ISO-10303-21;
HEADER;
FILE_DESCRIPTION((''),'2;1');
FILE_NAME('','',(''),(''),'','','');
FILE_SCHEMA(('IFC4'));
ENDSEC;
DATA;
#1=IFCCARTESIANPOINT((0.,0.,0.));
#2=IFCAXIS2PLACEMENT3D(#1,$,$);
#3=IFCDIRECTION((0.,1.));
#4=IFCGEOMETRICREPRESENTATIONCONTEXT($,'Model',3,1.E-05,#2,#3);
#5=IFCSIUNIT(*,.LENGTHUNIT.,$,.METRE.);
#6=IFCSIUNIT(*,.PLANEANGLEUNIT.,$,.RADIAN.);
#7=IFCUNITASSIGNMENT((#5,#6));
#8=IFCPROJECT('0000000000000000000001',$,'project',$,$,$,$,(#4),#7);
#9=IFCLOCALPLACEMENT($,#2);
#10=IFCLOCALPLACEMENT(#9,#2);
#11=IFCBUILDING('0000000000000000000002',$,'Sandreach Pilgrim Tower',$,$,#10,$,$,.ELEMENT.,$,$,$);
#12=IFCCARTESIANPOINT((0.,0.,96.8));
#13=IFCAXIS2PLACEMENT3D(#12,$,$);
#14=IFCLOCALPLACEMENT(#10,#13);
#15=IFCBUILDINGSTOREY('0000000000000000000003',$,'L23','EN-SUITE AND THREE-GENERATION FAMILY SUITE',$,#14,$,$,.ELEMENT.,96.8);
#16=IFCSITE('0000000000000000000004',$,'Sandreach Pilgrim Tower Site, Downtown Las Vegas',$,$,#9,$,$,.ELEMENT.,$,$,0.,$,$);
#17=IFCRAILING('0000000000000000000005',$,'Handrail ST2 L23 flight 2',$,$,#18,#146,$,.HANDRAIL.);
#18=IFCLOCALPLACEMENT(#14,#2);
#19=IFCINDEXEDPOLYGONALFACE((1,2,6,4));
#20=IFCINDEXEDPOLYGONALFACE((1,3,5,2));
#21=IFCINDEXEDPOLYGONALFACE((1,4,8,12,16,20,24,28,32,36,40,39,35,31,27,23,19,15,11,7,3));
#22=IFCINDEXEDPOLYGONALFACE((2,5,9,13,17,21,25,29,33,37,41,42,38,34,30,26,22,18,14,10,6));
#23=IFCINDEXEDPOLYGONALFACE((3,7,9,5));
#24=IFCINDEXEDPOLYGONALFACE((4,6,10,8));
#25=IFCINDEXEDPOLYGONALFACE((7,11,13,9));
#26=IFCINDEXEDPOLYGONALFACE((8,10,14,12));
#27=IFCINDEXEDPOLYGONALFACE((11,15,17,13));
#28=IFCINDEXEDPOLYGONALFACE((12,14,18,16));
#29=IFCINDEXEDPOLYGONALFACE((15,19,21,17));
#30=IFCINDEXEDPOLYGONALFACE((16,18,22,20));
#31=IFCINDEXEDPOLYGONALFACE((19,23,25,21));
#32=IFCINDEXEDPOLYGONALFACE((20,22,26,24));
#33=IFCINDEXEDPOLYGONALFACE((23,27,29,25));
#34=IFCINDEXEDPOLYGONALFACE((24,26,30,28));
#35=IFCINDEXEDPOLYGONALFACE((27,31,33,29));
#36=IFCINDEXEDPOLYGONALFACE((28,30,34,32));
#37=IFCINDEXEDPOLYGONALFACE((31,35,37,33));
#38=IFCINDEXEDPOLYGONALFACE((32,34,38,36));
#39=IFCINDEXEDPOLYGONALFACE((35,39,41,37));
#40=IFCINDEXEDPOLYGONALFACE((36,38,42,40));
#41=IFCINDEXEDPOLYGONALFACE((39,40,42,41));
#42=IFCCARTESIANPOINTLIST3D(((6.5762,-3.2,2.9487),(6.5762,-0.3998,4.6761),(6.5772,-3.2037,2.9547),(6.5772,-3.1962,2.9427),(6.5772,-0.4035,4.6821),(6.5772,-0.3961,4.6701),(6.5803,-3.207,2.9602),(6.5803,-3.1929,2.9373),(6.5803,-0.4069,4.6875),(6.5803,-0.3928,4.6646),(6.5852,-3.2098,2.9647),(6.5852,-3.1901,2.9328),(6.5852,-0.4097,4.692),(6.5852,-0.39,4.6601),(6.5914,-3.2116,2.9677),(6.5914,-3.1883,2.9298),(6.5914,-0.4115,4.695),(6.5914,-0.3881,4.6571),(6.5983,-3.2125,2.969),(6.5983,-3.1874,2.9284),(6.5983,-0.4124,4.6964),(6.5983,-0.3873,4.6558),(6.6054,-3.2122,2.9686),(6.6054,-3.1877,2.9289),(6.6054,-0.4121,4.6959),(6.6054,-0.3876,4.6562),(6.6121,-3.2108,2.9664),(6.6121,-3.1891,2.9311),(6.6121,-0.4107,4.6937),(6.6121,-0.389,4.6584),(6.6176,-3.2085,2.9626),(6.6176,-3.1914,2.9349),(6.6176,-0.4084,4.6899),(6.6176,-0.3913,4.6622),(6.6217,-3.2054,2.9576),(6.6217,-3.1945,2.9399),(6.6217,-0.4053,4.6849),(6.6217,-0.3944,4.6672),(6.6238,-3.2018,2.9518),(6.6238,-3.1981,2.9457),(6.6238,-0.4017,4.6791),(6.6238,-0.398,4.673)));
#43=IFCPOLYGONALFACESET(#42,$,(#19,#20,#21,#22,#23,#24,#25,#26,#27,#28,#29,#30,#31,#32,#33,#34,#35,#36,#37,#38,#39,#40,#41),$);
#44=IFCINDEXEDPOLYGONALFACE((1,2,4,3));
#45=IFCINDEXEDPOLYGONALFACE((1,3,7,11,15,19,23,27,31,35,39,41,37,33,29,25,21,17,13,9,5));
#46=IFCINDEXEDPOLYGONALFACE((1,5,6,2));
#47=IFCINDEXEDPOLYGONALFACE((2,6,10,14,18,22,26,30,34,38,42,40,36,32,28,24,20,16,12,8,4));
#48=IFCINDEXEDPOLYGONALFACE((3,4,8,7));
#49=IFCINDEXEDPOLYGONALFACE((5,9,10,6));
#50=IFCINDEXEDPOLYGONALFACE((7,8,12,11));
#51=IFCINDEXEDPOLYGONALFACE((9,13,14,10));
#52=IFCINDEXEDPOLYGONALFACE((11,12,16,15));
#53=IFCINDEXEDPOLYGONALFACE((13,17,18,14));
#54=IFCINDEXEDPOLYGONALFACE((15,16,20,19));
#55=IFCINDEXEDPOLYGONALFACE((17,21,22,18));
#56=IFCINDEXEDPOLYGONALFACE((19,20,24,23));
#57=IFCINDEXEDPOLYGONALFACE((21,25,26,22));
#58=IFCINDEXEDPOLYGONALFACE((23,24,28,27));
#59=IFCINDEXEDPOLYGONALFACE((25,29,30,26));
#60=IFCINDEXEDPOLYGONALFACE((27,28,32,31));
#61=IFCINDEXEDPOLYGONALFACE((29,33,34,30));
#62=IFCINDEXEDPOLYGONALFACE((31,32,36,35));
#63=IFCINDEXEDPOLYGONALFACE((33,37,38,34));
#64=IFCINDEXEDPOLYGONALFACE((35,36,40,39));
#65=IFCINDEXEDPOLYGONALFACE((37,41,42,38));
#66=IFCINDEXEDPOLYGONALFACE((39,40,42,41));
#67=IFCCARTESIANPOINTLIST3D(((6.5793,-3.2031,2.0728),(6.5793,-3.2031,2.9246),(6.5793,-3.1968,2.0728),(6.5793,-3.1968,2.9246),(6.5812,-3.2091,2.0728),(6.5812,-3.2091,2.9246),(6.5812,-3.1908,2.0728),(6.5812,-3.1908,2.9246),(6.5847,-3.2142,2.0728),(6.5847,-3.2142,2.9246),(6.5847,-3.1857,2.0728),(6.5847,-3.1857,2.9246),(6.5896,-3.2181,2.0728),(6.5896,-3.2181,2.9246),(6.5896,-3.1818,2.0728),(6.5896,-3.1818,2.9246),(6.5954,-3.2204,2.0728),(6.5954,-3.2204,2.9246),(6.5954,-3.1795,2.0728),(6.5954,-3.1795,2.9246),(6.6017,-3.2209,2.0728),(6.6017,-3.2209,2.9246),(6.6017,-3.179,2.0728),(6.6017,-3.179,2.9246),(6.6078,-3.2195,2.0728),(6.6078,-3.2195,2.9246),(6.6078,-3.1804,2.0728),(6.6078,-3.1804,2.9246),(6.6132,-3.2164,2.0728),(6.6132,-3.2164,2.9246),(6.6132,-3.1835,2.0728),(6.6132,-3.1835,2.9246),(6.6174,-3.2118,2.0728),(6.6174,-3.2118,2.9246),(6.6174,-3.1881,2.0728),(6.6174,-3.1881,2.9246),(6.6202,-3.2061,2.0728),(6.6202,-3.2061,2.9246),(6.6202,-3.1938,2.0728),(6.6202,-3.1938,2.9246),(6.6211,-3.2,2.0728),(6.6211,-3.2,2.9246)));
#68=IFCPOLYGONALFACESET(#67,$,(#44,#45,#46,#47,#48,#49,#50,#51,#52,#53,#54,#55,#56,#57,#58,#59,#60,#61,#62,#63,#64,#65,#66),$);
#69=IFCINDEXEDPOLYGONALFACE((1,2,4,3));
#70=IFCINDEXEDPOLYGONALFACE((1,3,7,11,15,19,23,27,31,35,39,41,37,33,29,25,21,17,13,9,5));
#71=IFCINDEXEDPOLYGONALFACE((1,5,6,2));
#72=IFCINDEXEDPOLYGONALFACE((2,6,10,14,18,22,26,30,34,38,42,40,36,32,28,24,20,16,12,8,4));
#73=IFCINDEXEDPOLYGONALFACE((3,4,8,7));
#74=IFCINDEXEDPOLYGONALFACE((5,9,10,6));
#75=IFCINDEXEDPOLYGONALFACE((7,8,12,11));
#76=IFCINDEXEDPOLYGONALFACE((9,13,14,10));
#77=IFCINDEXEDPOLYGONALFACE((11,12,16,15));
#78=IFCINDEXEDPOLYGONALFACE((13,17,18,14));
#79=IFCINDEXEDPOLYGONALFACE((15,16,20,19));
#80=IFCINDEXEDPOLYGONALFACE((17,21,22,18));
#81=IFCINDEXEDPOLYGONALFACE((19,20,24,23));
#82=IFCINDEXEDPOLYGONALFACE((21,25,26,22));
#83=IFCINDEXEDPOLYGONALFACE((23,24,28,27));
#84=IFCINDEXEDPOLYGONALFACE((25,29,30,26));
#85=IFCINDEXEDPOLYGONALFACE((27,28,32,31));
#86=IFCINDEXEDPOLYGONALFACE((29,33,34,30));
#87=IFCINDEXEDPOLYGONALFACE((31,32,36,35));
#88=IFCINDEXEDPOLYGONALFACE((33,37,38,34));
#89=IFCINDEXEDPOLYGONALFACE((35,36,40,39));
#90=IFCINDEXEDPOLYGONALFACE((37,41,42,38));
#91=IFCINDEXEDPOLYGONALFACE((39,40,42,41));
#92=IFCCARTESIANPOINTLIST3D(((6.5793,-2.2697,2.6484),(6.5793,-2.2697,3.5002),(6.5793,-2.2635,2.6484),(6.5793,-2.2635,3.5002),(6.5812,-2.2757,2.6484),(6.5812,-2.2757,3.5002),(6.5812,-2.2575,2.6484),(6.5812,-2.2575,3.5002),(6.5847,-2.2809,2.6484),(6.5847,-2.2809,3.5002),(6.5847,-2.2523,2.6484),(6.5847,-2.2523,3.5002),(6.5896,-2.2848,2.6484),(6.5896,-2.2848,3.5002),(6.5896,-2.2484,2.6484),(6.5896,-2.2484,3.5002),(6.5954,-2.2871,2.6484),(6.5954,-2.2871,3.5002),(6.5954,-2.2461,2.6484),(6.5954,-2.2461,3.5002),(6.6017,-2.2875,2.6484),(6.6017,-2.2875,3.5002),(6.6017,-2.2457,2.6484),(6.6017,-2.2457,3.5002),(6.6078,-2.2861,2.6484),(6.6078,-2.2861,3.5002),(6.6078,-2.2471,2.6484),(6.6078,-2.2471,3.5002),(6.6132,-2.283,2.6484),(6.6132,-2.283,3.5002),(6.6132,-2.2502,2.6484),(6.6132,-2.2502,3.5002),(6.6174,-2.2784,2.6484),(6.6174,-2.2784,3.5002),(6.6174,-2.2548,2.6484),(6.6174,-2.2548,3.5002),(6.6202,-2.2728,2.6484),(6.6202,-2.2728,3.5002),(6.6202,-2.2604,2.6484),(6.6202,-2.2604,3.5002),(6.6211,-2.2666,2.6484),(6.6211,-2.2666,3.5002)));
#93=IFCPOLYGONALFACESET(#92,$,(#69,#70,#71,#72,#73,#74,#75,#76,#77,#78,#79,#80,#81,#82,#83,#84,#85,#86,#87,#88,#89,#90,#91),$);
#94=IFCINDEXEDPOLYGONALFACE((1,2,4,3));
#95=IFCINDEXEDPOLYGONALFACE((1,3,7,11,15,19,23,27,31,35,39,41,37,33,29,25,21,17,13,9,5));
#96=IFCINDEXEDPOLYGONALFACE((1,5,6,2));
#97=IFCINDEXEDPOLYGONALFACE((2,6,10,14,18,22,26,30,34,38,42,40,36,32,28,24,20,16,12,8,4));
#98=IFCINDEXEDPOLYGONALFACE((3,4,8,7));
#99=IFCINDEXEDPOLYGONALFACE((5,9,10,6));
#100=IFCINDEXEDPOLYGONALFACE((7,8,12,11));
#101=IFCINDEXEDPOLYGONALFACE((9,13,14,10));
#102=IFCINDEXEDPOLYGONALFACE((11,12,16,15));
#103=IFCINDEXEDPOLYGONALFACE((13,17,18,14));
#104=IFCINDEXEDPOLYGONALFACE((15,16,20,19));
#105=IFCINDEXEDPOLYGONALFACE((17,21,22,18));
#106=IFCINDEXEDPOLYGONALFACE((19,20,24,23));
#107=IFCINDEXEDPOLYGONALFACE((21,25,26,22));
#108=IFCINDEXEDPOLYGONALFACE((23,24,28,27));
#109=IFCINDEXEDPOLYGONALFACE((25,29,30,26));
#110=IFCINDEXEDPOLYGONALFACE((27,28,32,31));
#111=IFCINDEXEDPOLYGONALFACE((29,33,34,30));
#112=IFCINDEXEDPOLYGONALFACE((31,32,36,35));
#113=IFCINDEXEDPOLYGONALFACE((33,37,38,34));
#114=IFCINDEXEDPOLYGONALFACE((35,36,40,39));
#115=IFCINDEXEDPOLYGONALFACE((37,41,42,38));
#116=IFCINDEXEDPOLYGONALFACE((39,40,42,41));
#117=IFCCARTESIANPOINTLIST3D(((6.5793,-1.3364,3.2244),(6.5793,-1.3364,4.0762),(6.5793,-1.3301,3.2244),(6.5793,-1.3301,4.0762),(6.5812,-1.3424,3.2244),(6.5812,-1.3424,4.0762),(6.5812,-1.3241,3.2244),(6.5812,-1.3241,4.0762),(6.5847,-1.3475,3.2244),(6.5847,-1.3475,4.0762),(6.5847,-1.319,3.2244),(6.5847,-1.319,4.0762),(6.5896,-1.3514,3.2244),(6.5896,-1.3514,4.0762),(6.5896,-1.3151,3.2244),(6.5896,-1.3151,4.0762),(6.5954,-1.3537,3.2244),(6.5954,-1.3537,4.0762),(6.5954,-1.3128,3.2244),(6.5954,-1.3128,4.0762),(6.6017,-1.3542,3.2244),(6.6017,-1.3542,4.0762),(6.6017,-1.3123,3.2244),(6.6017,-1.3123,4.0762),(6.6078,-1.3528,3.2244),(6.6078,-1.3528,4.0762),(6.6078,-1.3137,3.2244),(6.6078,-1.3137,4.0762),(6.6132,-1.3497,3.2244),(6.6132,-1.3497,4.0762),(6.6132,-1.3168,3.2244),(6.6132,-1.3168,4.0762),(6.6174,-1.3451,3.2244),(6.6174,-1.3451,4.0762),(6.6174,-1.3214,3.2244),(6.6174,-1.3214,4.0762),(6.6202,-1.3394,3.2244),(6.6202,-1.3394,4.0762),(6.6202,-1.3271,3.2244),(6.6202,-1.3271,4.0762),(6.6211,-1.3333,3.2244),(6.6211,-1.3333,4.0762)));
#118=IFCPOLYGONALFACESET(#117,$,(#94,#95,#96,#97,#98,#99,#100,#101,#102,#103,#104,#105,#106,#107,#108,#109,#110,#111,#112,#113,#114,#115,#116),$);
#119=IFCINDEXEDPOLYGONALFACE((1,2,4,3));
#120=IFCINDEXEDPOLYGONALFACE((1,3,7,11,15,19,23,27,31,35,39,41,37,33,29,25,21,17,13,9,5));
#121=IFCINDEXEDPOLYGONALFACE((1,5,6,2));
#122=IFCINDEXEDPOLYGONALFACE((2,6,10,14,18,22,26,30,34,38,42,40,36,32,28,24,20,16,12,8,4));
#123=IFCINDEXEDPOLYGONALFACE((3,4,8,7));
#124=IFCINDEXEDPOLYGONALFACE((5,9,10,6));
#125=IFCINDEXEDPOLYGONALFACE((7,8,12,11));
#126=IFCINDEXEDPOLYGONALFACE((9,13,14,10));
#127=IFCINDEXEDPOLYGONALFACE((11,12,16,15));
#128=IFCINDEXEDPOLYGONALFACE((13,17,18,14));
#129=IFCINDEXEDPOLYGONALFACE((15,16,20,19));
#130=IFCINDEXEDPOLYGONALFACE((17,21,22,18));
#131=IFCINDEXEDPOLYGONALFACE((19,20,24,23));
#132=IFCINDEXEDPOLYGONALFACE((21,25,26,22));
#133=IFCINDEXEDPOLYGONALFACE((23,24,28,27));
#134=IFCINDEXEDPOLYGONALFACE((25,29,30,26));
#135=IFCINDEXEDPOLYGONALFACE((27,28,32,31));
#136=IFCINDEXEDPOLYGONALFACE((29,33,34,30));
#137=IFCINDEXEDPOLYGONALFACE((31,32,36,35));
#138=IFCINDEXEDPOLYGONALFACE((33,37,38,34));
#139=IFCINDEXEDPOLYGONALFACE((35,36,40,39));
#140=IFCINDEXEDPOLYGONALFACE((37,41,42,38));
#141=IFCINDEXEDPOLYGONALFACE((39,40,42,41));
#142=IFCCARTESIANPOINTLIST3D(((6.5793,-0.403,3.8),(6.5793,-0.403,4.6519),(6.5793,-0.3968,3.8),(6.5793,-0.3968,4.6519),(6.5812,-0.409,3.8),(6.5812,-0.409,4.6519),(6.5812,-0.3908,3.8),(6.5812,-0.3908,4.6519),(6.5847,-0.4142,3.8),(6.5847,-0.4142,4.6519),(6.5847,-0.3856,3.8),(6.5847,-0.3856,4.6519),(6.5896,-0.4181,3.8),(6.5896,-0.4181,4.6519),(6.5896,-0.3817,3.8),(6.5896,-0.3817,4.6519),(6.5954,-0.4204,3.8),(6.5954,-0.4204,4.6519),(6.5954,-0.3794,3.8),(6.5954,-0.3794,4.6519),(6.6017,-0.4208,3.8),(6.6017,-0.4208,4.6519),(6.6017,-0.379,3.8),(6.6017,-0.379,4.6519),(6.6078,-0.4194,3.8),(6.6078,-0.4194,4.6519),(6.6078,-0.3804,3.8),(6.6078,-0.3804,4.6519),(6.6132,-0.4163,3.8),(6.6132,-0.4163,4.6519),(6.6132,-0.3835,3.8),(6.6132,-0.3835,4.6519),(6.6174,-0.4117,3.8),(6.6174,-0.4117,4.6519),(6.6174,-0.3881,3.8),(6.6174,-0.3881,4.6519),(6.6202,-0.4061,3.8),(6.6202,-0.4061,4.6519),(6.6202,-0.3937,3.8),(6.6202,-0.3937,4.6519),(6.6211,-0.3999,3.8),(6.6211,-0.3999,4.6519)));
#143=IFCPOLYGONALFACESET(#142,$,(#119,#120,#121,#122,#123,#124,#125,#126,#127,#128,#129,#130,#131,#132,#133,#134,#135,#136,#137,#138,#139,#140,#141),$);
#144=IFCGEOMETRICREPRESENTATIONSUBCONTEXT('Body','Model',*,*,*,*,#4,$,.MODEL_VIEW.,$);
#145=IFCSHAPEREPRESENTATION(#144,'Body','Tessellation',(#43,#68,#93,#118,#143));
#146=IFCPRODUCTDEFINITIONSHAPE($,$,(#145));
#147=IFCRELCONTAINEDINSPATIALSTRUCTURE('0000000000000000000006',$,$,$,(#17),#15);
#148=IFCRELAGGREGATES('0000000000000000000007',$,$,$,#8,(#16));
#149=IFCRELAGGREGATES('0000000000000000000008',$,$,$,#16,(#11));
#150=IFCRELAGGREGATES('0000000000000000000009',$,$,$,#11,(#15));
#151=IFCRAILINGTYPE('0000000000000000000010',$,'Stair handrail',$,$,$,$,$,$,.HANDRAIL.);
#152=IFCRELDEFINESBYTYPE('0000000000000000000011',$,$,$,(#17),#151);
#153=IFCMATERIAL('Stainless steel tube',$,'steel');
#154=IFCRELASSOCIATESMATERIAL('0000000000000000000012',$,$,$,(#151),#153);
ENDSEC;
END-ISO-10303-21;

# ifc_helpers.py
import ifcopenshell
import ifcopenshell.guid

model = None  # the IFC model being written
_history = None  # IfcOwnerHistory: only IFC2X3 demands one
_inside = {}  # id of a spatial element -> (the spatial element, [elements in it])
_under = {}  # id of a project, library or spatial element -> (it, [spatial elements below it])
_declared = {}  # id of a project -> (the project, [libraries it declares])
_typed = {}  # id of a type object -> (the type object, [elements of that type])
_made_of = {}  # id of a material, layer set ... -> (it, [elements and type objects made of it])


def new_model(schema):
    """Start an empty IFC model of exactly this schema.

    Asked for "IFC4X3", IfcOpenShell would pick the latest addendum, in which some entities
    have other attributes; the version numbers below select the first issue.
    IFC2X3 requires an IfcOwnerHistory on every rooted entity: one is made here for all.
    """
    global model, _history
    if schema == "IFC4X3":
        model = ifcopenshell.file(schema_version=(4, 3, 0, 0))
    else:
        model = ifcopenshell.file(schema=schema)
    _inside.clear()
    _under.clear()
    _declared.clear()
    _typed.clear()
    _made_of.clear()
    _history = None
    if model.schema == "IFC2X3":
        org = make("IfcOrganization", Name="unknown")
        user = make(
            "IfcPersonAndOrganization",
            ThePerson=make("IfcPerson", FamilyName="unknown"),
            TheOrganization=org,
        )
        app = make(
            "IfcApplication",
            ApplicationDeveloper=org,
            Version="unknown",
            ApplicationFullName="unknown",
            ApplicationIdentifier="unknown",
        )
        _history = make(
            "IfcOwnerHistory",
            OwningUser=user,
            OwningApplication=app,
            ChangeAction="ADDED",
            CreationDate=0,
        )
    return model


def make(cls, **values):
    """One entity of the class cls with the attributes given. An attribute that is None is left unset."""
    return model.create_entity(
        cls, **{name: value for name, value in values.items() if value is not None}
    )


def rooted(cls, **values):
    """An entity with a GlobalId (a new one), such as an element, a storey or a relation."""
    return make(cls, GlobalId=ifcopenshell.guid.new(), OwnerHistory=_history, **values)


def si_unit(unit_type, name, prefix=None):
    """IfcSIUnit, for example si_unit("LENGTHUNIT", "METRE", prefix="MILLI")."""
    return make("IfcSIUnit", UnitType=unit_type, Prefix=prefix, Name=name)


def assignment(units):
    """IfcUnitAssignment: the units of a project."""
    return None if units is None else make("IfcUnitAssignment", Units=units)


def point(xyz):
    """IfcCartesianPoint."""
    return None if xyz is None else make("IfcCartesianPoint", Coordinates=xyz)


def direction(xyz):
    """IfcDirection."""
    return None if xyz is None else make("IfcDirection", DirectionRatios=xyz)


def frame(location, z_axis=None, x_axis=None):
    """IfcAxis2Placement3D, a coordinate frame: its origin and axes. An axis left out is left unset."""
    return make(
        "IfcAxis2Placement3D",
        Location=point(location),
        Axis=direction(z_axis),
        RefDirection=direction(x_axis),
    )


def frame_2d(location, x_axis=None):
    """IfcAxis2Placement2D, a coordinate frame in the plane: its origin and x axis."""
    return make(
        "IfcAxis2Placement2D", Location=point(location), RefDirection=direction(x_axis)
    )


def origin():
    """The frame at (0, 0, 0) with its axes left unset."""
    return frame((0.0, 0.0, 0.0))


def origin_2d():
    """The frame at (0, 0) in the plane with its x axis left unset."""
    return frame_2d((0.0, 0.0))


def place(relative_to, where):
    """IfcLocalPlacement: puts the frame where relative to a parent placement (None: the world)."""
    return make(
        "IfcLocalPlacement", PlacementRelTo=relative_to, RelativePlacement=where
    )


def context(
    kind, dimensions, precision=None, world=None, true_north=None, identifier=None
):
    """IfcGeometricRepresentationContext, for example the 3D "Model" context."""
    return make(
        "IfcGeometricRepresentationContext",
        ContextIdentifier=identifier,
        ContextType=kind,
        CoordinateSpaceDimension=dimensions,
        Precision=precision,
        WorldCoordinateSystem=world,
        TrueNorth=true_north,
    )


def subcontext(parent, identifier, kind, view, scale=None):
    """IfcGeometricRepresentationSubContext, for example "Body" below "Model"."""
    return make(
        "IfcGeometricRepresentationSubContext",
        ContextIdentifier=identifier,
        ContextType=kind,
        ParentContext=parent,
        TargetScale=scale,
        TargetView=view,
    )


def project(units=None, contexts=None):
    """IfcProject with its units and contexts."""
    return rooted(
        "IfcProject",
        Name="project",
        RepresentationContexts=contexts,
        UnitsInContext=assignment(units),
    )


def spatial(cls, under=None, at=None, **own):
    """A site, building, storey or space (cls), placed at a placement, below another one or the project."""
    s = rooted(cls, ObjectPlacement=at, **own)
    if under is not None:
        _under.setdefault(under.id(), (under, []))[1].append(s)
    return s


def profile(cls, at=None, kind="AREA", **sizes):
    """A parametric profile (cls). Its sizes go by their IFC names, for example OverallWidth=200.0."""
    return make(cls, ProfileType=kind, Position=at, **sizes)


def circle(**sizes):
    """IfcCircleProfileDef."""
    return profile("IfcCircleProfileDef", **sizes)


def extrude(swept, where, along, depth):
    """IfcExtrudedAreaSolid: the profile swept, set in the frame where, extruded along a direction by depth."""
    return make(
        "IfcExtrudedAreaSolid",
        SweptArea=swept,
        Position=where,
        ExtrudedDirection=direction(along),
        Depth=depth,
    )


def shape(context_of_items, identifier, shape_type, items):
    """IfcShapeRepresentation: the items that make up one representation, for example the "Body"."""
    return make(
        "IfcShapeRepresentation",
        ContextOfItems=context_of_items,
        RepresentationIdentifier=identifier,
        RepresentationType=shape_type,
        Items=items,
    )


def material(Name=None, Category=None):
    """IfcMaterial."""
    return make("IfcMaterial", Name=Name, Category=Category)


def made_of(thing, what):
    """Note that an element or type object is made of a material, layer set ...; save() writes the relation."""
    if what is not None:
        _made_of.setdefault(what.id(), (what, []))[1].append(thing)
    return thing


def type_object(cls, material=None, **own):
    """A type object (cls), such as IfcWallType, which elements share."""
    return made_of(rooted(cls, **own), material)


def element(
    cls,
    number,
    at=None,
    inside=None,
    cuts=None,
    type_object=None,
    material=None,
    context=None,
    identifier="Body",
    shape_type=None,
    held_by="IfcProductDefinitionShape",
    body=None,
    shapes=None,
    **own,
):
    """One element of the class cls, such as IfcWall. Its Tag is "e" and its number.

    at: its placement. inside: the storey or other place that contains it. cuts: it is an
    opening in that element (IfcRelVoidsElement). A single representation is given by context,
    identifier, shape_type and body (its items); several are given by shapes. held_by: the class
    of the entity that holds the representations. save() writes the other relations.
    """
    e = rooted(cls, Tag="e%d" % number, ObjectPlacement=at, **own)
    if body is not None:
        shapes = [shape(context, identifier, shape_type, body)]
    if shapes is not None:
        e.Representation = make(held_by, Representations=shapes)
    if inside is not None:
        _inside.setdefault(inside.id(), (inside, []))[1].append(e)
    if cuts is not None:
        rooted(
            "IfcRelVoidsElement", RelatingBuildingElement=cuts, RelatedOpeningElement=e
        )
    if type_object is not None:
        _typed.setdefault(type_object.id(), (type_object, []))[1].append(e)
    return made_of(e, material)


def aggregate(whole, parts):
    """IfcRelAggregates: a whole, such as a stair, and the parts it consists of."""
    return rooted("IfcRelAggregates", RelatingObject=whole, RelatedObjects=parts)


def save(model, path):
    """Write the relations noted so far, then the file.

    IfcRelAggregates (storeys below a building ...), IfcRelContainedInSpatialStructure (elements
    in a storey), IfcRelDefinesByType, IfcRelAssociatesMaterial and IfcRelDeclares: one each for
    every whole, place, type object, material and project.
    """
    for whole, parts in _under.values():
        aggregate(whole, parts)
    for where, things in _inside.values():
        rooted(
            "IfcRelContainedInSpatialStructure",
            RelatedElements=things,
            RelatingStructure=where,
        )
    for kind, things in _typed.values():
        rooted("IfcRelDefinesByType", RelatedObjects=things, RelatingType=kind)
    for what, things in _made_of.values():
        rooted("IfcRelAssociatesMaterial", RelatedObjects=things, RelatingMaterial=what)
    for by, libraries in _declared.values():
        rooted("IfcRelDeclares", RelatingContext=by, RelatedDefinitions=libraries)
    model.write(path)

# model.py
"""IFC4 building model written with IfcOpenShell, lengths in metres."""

from ifc_helpers import new_model, si_unit, direction, frame, origin, origin_2d, place, context, subcontext, project, spatial, circle, extrude, material, type_object, element, save


model = new_model("IFC4")

# Units and contexts
model_context = context("Model", 3, precision=1e-05, world=origin(), true_north=direction((0.0, 1.0)))
body_context = subcontext(model_context, "Body", "Model", "MODEL_VIEW")
ifc_project = project(units=[si_unit("LENGTHUNIT", "METRE"), si_unit("PLANEANGLEUNIT", "RADIAN")], contexts=[model_context])

# Site, building, storey
site_placement = place(None, origin())
site = spatial("IfcSite", under=ifc_project, at=site_placement, Name="Sandreach Pilgrim Tower Site, Downtown Las Vegas", CompositionType="ELEMENT", RefElevation=0.0)
building_placement = place(site_placement, origin())
building = spatial("IfcBuilding", under=site, at=building_placement, Name="Sandreach Pilgrim Tower", CompositionType="ELEMENT")
storey_placement = place(building_placement, frame((0.0, 0.0, 96.8)))
storey = spatial("IfcBuildingStorey", under=building, at=storey_placement, Name="L23", Description="EN-SUITE AND THREE-GENERATION FAMILY SUITE", CompositionType="ELEMENT", Elevation=96.8)

# Railing
ifc_material_1 = material(Name="Stainless steel tube", Category="steel")
railing_type = type_object("IfcRailingType", Name="Stair handrail", PredefinedType="HANDRAIL", material=ifc_material_1)
for number, where, name in (
    (1, (6.6001, -3.2, 2.0728), "Handrail ST2 L23 flight 2"),
):
    element("IfcRailing", number, at=place(storey_placement, frame(where)), inside=storey, type_object=railing_type, Name=name, PredefinedType="HANDRAIL", context=body_context, shape_type="SweptSolid", body=[
        extrude(circle(Radius=0.0239, at=origin_2d()), frame((0.0, 0.0, 0.876), z_axis=(0.0, 0.85109, 0.52502), x_axis=(-1.0, 0.0, 0.0)), (0.0, 0.0, 1.0), 3.29),
        extrude(circle(Radius=0.021, at=origin_2d()), origin(), (0.0, 0.0, 1.0), 0.8518),
        extrude(circle(Radius=0.021, at=origin_2d()), frame((0.0, 0.9333, 0.5757)), (0.0, 0.0, 1.0), 0.8518),
        extrude(circle(Radius=0.021, at=origin_2d()), frame((0.0, 1.8667, 1.1516)), (0.0, 0.0, 1.0), 0.8518),
        extrude(circle(Radius=0.021, at=origin_2d()), frame((0.0, 2.8, 1.7273)), (0.0, 0.0, 1.0), 0.8518),
    ])

save(model, "model.ifc")
